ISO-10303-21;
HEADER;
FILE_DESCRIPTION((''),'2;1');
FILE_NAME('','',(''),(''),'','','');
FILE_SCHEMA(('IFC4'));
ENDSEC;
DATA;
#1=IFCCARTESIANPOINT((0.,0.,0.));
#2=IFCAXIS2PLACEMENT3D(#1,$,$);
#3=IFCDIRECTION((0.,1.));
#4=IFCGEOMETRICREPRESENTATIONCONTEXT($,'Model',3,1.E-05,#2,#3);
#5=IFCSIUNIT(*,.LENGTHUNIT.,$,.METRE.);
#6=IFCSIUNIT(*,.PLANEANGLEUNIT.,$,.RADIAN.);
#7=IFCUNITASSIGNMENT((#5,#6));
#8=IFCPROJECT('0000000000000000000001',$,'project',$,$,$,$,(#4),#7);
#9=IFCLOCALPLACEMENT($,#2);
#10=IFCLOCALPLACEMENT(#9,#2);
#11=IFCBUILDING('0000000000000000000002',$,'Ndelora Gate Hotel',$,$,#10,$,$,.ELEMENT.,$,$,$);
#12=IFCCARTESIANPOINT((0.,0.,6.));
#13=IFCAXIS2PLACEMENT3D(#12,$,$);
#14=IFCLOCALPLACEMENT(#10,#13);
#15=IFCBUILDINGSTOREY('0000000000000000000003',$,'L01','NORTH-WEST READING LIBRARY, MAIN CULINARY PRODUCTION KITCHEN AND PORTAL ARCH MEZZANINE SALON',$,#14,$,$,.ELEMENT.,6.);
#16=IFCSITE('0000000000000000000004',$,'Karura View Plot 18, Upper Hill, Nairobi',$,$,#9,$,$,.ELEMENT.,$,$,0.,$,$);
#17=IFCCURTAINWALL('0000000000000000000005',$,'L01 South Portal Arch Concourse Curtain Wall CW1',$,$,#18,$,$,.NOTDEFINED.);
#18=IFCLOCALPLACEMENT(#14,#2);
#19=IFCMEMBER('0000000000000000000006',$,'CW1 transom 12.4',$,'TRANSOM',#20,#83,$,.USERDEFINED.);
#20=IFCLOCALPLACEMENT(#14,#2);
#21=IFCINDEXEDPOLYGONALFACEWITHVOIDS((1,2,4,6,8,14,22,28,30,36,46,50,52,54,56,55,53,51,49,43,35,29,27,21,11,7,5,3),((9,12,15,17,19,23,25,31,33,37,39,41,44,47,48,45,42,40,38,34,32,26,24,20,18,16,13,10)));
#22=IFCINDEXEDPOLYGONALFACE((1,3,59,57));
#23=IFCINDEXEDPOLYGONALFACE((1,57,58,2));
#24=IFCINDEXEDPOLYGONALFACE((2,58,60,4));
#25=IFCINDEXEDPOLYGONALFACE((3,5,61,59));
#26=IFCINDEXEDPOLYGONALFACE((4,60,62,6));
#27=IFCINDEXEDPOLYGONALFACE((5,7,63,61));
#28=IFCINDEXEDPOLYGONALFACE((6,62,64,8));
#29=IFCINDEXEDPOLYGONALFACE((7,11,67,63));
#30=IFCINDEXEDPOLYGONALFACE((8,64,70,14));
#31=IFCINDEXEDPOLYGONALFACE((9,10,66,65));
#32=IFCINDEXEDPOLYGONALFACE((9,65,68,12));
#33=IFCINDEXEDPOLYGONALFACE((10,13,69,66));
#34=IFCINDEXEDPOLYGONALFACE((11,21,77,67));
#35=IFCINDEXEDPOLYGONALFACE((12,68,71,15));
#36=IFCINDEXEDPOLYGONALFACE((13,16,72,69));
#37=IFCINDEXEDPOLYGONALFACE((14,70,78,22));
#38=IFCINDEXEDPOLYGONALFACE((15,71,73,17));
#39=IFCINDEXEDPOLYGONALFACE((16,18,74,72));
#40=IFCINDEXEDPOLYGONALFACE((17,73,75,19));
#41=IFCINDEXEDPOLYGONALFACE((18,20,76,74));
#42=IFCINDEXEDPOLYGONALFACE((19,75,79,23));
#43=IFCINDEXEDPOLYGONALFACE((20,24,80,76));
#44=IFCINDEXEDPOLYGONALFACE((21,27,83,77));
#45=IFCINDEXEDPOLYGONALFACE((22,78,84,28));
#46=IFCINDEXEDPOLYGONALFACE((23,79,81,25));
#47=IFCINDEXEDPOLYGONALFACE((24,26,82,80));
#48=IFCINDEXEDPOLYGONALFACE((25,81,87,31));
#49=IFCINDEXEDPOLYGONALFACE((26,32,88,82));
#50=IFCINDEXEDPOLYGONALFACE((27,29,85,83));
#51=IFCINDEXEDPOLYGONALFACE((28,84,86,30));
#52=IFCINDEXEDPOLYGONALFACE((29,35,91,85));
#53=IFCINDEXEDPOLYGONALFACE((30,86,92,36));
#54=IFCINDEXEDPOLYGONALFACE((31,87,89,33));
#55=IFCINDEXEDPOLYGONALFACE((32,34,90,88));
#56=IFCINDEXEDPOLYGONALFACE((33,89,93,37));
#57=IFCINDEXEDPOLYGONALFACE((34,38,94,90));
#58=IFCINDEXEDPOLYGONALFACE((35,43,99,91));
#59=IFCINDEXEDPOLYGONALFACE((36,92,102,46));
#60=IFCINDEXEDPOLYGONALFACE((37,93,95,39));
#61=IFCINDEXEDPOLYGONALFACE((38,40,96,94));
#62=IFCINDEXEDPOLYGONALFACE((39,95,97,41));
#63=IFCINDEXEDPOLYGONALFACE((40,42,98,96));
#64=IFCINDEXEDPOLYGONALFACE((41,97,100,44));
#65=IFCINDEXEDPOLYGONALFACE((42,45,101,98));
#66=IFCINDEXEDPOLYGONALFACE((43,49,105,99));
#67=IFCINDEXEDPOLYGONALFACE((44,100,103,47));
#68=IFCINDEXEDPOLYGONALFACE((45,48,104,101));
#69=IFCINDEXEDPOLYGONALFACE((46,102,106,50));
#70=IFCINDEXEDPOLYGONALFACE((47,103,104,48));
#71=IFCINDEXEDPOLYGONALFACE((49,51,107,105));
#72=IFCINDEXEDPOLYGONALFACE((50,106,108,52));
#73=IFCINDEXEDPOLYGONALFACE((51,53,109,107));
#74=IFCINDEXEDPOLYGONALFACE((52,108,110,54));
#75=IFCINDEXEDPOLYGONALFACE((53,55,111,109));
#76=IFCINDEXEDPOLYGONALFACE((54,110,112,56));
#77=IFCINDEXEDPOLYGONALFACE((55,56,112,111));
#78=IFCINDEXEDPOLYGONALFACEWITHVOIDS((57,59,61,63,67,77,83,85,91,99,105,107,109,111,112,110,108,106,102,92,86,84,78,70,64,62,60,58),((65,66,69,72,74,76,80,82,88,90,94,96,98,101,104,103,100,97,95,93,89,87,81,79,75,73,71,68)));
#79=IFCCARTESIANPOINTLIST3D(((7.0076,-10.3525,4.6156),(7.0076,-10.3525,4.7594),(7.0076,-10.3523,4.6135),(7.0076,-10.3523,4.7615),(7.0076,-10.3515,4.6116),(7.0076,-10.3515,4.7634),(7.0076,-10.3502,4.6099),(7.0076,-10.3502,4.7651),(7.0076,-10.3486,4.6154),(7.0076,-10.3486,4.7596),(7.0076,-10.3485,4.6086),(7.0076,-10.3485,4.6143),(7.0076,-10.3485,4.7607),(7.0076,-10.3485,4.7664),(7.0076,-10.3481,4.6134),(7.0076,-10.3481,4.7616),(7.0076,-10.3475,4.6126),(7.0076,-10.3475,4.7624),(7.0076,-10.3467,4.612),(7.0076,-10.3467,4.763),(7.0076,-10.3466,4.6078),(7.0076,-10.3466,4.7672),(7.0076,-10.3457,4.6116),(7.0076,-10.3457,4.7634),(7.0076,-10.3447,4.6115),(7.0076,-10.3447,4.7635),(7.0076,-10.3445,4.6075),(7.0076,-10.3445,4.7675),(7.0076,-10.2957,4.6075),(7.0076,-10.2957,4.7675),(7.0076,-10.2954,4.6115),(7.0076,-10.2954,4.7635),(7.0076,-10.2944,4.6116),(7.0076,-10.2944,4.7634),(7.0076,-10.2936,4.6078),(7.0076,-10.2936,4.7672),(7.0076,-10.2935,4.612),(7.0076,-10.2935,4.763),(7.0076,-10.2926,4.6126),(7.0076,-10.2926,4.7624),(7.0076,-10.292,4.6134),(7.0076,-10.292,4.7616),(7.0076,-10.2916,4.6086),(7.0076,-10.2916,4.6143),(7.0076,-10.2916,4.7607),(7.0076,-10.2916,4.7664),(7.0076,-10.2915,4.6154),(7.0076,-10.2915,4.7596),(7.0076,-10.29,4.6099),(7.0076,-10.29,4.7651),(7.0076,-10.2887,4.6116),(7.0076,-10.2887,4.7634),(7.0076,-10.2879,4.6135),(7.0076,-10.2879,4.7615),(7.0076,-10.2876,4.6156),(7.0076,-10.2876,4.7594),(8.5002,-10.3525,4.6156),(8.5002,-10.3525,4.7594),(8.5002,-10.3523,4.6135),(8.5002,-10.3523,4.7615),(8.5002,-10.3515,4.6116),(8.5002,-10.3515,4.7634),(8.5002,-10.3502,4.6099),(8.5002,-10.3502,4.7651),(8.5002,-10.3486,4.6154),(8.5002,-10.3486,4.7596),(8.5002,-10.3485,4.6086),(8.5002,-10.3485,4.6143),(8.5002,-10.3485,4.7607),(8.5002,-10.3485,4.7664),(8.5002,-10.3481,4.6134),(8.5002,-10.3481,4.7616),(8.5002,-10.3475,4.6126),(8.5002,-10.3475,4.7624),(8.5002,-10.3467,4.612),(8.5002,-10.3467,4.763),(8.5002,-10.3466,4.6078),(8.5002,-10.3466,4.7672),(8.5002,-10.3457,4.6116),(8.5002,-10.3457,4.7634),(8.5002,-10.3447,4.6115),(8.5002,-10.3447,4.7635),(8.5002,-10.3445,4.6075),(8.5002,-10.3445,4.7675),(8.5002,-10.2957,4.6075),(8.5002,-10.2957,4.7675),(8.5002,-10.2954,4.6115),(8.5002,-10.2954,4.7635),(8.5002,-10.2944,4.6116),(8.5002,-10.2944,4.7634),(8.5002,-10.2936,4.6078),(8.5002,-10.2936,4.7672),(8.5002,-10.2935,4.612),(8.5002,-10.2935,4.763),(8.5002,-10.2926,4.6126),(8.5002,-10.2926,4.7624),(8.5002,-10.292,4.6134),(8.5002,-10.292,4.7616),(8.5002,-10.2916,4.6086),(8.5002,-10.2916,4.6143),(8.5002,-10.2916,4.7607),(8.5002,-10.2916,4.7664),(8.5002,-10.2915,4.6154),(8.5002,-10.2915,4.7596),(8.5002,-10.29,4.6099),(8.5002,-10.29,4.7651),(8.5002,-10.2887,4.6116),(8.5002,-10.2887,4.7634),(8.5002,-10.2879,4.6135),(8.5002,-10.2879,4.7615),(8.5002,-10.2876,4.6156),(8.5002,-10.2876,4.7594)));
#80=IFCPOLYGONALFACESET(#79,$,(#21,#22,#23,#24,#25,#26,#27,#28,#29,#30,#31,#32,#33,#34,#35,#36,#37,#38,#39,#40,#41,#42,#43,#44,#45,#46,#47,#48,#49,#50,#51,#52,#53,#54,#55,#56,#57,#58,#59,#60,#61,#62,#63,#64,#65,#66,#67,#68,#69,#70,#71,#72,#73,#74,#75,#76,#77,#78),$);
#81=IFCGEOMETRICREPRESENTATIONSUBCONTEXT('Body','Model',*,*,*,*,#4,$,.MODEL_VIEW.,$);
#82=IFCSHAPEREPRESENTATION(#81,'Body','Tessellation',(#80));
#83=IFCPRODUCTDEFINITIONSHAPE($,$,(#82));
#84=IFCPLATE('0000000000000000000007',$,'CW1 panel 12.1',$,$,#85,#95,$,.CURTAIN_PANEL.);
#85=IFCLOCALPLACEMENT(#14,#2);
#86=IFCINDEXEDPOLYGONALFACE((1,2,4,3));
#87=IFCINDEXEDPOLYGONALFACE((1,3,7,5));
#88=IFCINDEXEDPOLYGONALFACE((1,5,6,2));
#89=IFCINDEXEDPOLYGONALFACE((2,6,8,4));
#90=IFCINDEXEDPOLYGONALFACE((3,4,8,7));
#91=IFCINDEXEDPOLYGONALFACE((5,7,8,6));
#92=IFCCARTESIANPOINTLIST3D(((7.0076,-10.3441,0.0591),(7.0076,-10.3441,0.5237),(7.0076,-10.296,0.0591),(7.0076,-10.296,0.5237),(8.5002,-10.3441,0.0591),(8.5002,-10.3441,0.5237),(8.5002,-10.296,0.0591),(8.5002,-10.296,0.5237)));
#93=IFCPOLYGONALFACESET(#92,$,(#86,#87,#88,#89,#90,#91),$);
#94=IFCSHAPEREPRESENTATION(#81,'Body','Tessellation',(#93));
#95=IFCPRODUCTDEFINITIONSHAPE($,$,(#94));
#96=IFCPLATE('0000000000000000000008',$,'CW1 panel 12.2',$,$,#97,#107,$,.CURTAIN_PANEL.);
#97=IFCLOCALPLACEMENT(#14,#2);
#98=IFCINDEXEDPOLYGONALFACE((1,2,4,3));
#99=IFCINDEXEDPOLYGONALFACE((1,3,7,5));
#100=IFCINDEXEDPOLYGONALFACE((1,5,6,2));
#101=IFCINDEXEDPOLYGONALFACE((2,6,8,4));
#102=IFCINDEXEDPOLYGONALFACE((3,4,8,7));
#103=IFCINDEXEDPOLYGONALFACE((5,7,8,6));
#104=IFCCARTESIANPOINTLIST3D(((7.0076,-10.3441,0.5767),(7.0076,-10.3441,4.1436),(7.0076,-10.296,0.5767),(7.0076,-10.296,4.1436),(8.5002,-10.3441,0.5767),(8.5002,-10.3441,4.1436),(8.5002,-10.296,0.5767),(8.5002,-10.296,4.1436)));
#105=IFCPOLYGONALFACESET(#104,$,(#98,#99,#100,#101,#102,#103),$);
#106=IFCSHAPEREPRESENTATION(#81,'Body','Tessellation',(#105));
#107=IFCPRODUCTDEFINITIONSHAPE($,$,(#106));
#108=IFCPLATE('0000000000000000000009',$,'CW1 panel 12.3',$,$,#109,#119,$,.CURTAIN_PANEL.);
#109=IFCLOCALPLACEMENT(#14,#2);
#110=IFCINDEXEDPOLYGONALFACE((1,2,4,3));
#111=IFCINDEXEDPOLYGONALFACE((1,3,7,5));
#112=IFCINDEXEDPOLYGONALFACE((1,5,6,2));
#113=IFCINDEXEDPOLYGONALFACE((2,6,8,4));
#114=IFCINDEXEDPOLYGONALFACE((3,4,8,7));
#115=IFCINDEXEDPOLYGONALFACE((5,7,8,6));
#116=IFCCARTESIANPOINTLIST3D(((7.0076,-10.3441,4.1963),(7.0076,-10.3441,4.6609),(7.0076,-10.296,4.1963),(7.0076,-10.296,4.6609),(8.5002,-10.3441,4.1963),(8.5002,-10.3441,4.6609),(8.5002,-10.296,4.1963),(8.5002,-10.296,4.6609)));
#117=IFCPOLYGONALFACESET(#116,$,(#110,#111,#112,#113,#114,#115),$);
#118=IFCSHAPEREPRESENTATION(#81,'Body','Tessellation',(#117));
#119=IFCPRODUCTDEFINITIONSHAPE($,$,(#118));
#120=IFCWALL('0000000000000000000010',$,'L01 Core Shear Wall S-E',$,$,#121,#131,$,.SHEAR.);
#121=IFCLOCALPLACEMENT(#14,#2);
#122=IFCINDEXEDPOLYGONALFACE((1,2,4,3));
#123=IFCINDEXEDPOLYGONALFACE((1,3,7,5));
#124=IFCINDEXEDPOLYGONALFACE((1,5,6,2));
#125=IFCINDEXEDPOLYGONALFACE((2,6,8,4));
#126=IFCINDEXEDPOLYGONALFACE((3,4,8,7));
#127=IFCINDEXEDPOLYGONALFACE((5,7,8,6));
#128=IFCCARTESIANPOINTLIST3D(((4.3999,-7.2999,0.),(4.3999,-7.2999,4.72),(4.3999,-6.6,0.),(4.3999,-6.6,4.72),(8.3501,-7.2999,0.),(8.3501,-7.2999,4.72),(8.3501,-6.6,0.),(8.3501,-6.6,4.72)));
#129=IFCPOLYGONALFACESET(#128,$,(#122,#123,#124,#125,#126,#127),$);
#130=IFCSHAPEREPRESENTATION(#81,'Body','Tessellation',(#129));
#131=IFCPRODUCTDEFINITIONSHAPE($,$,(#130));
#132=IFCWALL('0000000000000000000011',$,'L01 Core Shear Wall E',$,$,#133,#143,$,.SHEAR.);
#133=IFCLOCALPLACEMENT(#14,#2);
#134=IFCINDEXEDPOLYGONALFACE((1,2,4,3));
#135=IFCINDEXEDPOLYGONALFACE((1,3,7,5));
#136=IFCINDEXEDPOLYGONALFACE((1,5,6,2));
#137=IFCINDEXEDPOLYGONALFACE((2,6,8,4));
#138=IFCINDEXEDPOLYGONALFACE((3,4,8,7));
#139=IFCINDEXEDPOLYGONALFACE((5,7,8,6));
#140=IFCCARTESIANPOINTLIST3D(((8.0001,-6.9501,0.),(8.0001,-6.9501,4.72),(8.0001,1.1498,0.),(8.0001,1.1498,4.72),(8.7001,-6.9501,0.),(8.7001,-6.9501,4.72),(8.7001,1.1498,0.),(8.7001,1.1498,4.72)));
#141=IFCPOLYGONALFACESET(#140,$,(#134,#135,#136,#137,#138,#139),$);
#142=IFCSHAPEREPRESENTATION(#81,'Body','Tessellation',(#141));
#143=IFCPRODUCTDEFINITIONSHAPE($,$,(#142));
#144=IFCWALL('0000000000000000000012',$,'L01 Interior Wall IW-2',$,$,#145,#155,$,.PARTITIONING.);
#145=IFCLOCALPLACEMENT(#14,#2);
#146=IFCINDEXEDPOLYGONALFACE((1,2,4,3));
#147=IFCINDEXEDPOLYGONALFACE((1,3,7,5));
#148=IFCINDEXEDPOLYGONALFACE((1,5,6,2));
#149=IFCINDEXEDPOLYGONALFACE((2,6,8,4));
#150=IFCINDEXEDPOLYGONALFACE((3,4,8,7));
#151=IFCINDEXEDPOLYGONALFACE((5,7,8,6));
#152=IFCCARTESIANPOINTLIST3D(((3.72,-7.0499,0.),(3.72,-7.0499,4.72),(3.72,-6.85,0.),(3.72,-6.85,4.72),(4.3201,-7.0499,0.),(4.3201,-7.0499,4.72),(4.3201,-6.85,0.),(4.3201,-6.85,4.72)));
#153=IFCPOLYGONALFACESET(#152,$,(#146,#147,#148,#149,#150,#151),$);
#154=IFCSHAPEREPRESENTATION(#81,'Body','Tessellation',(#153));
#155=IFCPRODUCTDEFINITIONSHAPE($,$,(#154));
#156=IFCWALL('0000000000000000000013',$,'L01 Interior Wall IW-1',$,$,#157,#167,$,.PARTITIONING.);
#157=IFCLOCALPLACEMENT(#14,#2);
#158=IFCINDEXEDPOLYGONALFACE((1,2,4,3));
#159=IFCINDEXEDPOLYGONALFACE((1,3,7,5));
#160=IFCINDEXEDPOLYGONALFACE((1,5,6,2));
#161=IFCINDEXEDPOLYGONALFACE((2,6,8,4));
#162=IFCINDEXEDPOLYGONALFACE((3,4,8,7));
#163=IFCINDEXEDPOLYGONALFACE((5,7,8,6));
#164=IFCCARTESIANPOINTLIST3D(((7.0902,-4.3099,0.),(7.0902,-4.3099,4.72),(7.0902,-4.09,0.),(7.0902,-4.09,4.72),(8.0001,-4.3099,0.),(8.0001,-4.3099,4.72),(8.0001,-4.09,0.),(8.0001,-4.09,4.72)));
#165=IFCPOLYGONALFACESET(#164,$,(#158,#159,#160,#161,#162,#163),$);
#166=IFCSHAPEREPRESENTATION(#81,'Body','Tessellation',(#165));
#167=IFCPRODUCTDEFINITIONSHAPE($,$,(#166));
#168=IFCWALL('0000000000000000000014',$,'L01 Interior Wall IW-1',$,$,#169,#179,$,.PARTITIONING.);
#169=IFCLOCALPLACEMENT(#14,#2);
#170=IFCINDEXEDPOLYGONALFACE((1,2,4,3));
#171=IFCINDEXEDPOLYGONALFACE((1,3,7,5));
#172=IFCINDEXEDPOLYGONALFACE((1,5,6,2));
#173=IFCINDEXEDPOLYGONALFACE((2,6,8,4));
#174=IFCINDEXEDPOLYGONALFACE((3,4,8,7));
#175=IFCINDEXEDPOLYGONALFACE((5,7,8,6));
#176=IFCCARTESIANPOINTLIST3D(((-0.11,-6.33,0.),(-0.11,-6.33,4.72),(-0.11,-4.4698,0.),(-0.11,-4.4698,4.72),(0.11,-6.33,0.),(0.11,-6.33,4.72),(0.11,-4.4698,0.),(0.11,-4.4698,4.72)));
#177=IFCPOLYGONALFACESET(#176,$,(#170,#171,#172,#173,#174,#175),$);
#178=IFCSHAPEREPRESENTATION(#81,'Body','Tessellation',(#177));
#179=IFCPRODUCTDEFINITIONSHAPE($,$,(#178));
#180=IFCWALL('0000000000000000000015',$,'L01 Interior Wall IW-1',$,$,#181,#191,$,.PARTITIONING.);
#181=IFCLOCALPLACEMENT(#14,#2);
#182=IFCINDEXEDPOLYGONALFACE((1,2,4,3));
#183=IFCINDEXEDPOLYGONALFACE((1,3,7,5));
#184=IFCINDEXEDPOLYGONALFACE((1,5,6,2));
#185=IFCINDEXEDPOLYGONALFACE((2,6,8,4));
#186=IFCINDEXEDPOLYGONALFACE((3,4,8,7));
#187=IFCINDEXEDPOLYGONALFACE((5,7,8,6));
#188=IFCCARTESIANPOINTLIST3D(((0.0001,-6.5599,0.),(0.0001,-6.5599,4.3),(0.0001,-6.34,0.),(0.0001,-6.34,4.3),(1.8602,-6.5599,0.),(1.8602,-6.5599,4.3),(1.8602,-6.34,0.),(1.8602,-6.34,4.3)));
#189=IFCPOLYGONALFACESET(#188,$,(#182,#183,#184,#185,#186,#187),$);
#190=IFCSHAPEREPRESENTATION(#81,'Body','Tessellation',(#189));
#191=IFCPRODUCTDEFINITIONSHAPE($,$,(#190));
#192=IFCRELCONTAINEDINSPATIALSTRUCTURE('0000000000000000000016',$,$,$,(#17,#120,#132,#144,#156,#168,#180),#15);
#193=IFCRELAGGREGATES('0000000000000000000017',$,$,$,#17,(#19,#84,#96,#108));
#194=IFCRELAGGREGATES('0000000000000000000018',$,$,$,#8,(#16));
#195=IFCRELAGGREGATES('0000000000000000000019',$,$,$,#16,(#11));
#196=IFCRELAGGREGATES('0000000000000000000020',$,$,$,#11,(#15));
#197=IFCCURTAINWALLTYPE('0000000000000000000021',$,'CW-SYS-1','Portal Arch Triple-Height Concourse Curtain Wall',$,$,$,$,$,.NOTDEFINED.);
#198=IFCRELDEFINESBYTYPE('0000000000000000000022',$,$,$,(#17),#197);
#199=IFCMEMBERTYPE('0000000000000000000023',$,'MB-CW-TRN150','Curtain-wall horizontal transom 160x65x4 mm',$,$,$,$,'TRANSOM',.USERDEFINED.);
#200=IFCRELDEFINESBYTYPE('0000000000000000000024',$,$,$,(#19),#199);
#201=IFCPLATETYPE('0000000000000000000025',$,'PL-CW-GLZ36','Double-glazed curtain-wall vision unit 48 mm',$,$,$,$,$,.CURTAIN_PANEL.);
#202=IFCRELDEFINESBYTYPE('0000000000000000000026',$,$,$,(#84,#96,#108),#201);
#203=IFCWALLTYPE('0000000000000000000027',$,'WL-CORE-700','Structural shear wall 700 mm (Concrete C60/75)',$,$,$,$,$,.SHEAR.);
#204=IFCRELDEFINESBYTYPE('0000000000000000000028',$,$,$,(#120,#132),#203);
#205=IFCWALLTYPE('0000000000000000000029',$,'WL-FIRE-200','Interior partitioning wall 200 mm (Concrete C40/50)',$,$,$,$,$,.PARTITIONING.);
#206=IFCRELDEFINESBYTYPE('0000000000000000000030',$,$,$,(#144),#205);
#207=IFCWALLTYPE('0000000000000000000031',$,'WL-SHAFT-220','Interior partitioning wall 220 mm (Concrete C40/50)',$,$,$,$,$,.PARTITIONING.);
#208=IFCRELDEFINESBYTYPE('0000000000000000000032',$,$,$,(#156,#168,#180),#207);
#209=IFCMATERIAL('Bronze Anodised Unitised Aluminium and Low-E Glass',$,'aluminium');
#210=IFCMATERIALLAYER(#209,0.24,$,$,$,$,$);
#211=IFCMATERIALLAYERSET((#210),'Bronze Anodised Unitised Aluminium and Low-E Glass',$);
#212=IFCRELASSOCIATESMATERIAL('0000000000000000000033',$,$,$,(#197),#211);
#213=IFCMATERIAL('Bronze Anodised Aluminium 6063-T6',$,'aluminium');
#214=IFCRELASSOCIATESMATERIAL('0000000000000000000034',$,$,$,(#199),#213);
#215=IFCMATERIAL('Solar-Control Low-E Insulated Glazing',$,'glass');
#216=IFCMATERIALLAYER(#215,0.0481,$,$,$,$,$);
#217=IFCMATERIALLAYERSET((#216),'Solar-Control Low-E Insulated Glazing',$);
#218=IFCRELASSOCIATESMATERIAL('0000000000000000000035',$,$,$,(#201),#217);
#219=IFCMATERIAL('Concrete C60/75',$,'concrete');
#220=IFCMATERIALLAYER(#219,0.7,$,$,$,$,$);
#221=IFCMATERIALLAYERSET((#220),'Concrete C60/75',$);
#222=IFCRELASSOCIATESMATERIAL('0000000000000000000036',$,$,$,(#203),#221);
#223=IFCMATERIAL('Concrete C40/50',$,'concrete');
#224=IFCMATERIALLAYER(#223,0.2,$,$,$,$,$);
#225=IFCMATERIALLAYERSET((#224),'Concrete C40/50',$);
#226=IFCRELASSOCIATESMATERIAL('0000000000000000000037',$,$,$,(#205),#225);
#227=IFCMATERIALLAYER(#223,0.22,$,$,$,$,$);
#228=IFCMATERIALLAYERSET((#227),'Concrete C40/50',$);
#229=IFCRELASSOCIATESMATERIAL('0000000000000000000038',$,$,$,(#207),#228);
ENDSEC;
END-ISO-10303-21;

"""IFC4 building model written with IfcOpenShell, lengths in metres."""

from ifc_helpers import new_model, si_unit, direction, frame, frame_2d, origin, origin_2d, place, context, subcontext, project, spatial, rectangle, hollow_rectangle, extrude, material, layer, layer_set, material_profile, profile_set, type_object, element, aggregate, save


model = new_model("IFC4")

# Units and contexts
model_context = context("Model", 3, precision=1e-05, world=origin(), true_north=direction((0.0, 1.0)))
body_context = subcontext(model_context, "Body", "Model", "MODEL_VIEW")
ifc_project = project(units=[si_unit("LENGTHUNIT", "METRE"), si_unit("PLANEANGLEUNIT", "RADIAN")], contexts=[model_context])

# Site, building, storey
site_placement = place(None, origin())
site = spatial("IfcSite", under=ifc_project, at=site_placement, Name="Karura View Plot 18, Upper Hill, Nairobi", CompositionType="ELEMENT", RefElevation=0.0)
building_placement = place(site_placement, origin())
building = spatial("IfcBuilding", under=site, at=building_placement, Name="Ndelora Gate Hotel", CompositionType="ELEMENT")
storey_placement = place(building_placement, frame((0.0, 0.0, 6.0)))
storey = spatial("IfcBuildingStorey", under=building, at=storey_placement, Name="L01", Description="NORTH-WEST READING LIBRARY, MAIN CULINARY PRODUCTION KITCHEN AND PORTAL ARCH MEZZANINE SALON", CompositionType="ELEMENT", Elevation=6.0)

# Shared definitions
ifc_material_1 = material(Name="Concrete C60/75", Category="concrete")

# Curtain wall, member, plates
ifc_material_2 = material(Name="Bronze Anodised Unitised Aluminium and Low-E Glass", Category="aluminium")
ifc_layer_1 = layer(ifc_material_2, 0.24)
ifc_layer_set_1 = layer_set([ifc_layer_1], Name="Bronze Anodised Unitised Aluminium and Low-E Glass")
curtain_wall_type = type_object("IfcCurtainWallType", Name="CW-SYS-1", Description="Portal Arch Triple-Height Concourse Curtain Wall", PredefinedType="NOTDEFINED", material=ifc_layer_set_1)
curtain_wall_placement = place(storey_placement, origin())
curtain_wall = element("IfcCurtainWall", 1, at=curtain_wall_placement, inside=storey, type_object=curtain_wall_type, Name="L01 South Portal Arch Concourse Curtain Wall CW1", PredefinedType="NOTDEFINED")
ifc_material_3 = material(Name="Bronze Anodised Aluminium 6063-T6", Category="aluminium")
ifc_material_profile_1 = material_profile(ifc_material_3, hollow_rectangle(XDim=0.0649, YDim=0.1599, WallThickness=0.0039, InnerFilletRadius=0.0039, OuterFilletRadius=0.0081, at=origin_2d()), Name="ALU 160x65x4")
ifc_profile_set_1 = profile_set([ifc_material_profile_1], Name="Bronze Anodised Aluminium 6063-T6")
member_type_1 = type_object("IfcMemberType", Name="MB-CW-TRN150", Description="Curtain-wall horizontal transom 160x65x4 mm", ElementType="TRANSOM", PredefinedType="USERDEFINED", material=ifc_profile_set_1)
member_1_placement = place(storey_placement, frame((7.0076, -10.3201, 4.6875), z_axis=(1.0, 0.0, 0.0), x_axis=(0.0, 1.0, 0.0)))
member_1 = element("IfcMember", 2, at=member_1_placement, type_object=member_type_1, Name="CW1 transom 12.4", ObjectType="TRANSOM", PredefinedType="USERDEFINED", context=body_context, shape_type="SweptSolid", body=[
    extrude(hollow_rectangle(XDim=0.0649, YDim=0.1599, WallThickness=0.0039, InnerFilletRadius=0.0039, OuterFilletRadius=0.0081, at=origin_2d()), origin(), (0.0, 0.0, 1.0), 1.4927),
])
ifc_material_4 = material(Name="Solar-Control Low-E Insulated Glazing", Category="glass")
ifc_layer_2 = layer(ifc_material_4, 0.0481)
ifc_layer_set_2 = layer_set([ifc_layer_2], Name="Solar-Control Low-E Insulated Glazing")
plate_type = type_object("IfcPlateType", Name="PL-CW-GLZ36", Description="Double-glazed curtain-wall vision unit 48 mm", PredefinedType="CURTAIN_PANEL", material=ifc_layer_set_2)
plate_1_placement = place(storey_placement, frame((7.7539, -10.3201, 0.0591), z_axis=(0.0, 0.0, 1.0), x_axis=(1.0, 0.0, 0.0)))
plate_1 = element("IfcPlate", 3, at=plate_1_placement, type_object=plate_type, Name="CW1 panel 12.1", PredefinedType="CURTAIN_PANEL", context=body_context, shape_type="SweptSolid", body=[
    extrude(rectangle(XDim=1.4927, YDim=0.0481, at=origin_2d()), origin(), (0.0, 0.0, 1.0), 0.4646),
])
plate_2_placement = place(storey_placement, frame((7.7539, -10.3201, 0.5767), z_axis=(0.0, 0.0, 1.0), x_axis=(1.0, 0.0, 0.0)))
plate_2 = element("IfcPlate", 4, at=plate_2_placement, type_object=plate_type, Name="CW1 panel 12.2", PredefinedType="CURTAIN_PANEL", context=body_context, shape_type="SweptSolid", body=[
    extrude(rectangle(XDim=1.4927, YDim=0.0481, at=origin_2d()), origin(), (0.0, 0.0, 1.0), 3.5669),
])
plate_3_placement = place(storey_placement, frame((7.7539, -10.3201, 4.1963), z_axis=(0.0, 0.0, 1.0), x_axis=(1.0, 0.0, 0.0)))
plate_3 = element("IfcPlate", 5, at=plate_3_placement, type_object=plate_type, Name="CW1 panel 12.3", PredefinedType="CURTAIN_PANEL", context=body_context, shape_type="SweptSolid", body=[
    extrude(rectangle(XDim=1.4927, YDim=0.0481, at=origin_2d()), origin(), (0.0, 0.0, 1.0), 0.4646),
])
aggregate(curtain_wall, [member_1, plate_1, plate_2, plate_3])

# Walls
ifc_layer_3 = layer(ifc_material_1, 0.7)
ifc_layer_set_3 = layer_set([ifc_layer_3], Name="Concrete C60/75")
wall_type_1 = type_object("IfcWallType", Name="WL-CORE-700", Description="Structural shear wall 700 mm (Concrete C60/75)", PredefinedType="SHEAR", material=ifc_layer_set_3)
wall_1_placement = place(storey_placement, frame((4.3999, -6.95, 0.0), z_axis=(0.0, 0.0, 1.0), x_axis=(1.0, 0.0, 0.0)))
element("IfcWall", 6, at=wall_1_placement, inside=storey, type_object=wall_type_1, Name="L01 Core Shear Wall S-E", PredefinedType="SHEAR", context=body_context, shape_type="SweptSolid", body=[
    extrude(rectangle(XDim=3.9502, YDim=0.7, at=frame_2d((1.9751, 0.0))), origin(), (0.0, 0.0, 1.0), 4.72),
])
wall_2_placement = place(storey_placement, frame((8.3501, -6.95, 0.0), z_axis=(0.0, 0.0, 1.0), x_axis=(0.0, 1.0, 0.0)))
element("IfcWall", 7, at=wall_2_placement, inside=storey, type_object=wall_type_1, Name="L01 Core Shear Wall E", PredefinedType="SHEAR", context=body_context, shape_type="SweptSolid", body=[
    extrude(rectangle(XDim=8.0999, YDim=0.7, at=frame_2d((4.0498, 0.0))), origin(), (0.0, 0.0, 1.0), 4.72),
])
ifc_material_5 = material(Name="Concrete C40/50", Category="concrete")
ifc_layer_4 = layer(ifc_material_5, 0.2)
ifc_layer_set_4 = layer_set([ifc_layer_4], Name="Concrete C40/50")
wall_type_2 = type_object("IfcWallType", Name="WL-FIRE-200", Description="Interior partitioning wall 200 mm (Concrete C40/50)", PredefinedType="PARTITIONING", material=ifc_layer_set_4)
wall_3_placement = place(storey_placement, frame((3.72, -6.95, 0.0), z_axis=(0.0, 0.0, 1.0), x_axis=(1.0, 0.0, 0.0)))
element("IfcWall", 8, at=wall_3_placement, inside=storey, type_object=wall_type_2, Name="L01 Interior Wall IW-2", PredefinedType="PARTITIONING", context=body_context, shape_type="SweptSolid", body=[
    extrude(rectangle(XDim=0.6001, YDim=0.2, at=frame_2d((0.3, 0.0))), origin(), (0.0, 0.0, 1.0), 4.72),
])
ifc_layer_5 = layer(ifc_material_5, 0.22)
ifc_layer_set_5 = layer_set([ifc_layer_5], Name="Concrete C40/50")
wall_type_3 = type_object("IfcWallType", Name="WL-SHAFT-220", Description="Interior partitioning wall 220 mm (Concrete C40/50)", PredefinedType="PARTITIONING", material=ifc_layer_set_5)
wall_4_placement = place(storey_placement, frame((7.0901, -4.2, 0.0), z_axis=(0.0, 0.0, 1.0), x_axis=(1.0, 0.0, 0.0)))
element("IfcWall", 9, at=wall_4_placement, inside=storey, type_object=wall_type_3, Name="L01 Interior Wall IW-1", PredefinedType="PARTITIONING", context=body_context, shape_type="SweptSolid", body=[
    extrude(rectangle(XDim=0.9099, YDim=0.22, at=frame_2d((0.4551, 0.0))), origin(), (0.0, 0.0, 1.0), 4.72),
])
wall_5_placement = place(storey_placement, frame((0.0, -6.3301, 0.0), z_axis=(0.0, 0.0, 1.0), x_axis=(0.0, 1.0, 0.0)))
element("IfcWall", 10, at=wall_5_placement, inside=storey, type_object=wall_type_3, Name="L01 Interior Wall IW-1", PredefinedType="PARTITIONING", context=body_context, shape_type="SweptSolid", body=[
    extrude(rectangle(XDim=1.8601, YDim=0.22, at=frame_2d((0.9302, 0.0))), origin(), (0.0, 0.0, 1.0), 4.72),
])
wall_6_placement = place(storey_placement, frame((0.0, -6.45, 0.0), z_axis=(0.0, 0.0, 1.0), x_axis=(1.0, 0.0, 0.0)))
element("IfcWall", 11, at=wall_6_placement, inside=storey, type_object=wall_type_3, Name="L01 Interior Wall IW-1", PredefinedType="PARTITIONING", context=body_context, shape_type="SweptSolid", body=[
    extrude(rectangle(XDim=1.8601, YDim=0.22, at=frame_2d((0.9302, 0.0))), origin(), (0.0, 0.0, 1.0), 4.3),
])

save(model, "model.ifc")
